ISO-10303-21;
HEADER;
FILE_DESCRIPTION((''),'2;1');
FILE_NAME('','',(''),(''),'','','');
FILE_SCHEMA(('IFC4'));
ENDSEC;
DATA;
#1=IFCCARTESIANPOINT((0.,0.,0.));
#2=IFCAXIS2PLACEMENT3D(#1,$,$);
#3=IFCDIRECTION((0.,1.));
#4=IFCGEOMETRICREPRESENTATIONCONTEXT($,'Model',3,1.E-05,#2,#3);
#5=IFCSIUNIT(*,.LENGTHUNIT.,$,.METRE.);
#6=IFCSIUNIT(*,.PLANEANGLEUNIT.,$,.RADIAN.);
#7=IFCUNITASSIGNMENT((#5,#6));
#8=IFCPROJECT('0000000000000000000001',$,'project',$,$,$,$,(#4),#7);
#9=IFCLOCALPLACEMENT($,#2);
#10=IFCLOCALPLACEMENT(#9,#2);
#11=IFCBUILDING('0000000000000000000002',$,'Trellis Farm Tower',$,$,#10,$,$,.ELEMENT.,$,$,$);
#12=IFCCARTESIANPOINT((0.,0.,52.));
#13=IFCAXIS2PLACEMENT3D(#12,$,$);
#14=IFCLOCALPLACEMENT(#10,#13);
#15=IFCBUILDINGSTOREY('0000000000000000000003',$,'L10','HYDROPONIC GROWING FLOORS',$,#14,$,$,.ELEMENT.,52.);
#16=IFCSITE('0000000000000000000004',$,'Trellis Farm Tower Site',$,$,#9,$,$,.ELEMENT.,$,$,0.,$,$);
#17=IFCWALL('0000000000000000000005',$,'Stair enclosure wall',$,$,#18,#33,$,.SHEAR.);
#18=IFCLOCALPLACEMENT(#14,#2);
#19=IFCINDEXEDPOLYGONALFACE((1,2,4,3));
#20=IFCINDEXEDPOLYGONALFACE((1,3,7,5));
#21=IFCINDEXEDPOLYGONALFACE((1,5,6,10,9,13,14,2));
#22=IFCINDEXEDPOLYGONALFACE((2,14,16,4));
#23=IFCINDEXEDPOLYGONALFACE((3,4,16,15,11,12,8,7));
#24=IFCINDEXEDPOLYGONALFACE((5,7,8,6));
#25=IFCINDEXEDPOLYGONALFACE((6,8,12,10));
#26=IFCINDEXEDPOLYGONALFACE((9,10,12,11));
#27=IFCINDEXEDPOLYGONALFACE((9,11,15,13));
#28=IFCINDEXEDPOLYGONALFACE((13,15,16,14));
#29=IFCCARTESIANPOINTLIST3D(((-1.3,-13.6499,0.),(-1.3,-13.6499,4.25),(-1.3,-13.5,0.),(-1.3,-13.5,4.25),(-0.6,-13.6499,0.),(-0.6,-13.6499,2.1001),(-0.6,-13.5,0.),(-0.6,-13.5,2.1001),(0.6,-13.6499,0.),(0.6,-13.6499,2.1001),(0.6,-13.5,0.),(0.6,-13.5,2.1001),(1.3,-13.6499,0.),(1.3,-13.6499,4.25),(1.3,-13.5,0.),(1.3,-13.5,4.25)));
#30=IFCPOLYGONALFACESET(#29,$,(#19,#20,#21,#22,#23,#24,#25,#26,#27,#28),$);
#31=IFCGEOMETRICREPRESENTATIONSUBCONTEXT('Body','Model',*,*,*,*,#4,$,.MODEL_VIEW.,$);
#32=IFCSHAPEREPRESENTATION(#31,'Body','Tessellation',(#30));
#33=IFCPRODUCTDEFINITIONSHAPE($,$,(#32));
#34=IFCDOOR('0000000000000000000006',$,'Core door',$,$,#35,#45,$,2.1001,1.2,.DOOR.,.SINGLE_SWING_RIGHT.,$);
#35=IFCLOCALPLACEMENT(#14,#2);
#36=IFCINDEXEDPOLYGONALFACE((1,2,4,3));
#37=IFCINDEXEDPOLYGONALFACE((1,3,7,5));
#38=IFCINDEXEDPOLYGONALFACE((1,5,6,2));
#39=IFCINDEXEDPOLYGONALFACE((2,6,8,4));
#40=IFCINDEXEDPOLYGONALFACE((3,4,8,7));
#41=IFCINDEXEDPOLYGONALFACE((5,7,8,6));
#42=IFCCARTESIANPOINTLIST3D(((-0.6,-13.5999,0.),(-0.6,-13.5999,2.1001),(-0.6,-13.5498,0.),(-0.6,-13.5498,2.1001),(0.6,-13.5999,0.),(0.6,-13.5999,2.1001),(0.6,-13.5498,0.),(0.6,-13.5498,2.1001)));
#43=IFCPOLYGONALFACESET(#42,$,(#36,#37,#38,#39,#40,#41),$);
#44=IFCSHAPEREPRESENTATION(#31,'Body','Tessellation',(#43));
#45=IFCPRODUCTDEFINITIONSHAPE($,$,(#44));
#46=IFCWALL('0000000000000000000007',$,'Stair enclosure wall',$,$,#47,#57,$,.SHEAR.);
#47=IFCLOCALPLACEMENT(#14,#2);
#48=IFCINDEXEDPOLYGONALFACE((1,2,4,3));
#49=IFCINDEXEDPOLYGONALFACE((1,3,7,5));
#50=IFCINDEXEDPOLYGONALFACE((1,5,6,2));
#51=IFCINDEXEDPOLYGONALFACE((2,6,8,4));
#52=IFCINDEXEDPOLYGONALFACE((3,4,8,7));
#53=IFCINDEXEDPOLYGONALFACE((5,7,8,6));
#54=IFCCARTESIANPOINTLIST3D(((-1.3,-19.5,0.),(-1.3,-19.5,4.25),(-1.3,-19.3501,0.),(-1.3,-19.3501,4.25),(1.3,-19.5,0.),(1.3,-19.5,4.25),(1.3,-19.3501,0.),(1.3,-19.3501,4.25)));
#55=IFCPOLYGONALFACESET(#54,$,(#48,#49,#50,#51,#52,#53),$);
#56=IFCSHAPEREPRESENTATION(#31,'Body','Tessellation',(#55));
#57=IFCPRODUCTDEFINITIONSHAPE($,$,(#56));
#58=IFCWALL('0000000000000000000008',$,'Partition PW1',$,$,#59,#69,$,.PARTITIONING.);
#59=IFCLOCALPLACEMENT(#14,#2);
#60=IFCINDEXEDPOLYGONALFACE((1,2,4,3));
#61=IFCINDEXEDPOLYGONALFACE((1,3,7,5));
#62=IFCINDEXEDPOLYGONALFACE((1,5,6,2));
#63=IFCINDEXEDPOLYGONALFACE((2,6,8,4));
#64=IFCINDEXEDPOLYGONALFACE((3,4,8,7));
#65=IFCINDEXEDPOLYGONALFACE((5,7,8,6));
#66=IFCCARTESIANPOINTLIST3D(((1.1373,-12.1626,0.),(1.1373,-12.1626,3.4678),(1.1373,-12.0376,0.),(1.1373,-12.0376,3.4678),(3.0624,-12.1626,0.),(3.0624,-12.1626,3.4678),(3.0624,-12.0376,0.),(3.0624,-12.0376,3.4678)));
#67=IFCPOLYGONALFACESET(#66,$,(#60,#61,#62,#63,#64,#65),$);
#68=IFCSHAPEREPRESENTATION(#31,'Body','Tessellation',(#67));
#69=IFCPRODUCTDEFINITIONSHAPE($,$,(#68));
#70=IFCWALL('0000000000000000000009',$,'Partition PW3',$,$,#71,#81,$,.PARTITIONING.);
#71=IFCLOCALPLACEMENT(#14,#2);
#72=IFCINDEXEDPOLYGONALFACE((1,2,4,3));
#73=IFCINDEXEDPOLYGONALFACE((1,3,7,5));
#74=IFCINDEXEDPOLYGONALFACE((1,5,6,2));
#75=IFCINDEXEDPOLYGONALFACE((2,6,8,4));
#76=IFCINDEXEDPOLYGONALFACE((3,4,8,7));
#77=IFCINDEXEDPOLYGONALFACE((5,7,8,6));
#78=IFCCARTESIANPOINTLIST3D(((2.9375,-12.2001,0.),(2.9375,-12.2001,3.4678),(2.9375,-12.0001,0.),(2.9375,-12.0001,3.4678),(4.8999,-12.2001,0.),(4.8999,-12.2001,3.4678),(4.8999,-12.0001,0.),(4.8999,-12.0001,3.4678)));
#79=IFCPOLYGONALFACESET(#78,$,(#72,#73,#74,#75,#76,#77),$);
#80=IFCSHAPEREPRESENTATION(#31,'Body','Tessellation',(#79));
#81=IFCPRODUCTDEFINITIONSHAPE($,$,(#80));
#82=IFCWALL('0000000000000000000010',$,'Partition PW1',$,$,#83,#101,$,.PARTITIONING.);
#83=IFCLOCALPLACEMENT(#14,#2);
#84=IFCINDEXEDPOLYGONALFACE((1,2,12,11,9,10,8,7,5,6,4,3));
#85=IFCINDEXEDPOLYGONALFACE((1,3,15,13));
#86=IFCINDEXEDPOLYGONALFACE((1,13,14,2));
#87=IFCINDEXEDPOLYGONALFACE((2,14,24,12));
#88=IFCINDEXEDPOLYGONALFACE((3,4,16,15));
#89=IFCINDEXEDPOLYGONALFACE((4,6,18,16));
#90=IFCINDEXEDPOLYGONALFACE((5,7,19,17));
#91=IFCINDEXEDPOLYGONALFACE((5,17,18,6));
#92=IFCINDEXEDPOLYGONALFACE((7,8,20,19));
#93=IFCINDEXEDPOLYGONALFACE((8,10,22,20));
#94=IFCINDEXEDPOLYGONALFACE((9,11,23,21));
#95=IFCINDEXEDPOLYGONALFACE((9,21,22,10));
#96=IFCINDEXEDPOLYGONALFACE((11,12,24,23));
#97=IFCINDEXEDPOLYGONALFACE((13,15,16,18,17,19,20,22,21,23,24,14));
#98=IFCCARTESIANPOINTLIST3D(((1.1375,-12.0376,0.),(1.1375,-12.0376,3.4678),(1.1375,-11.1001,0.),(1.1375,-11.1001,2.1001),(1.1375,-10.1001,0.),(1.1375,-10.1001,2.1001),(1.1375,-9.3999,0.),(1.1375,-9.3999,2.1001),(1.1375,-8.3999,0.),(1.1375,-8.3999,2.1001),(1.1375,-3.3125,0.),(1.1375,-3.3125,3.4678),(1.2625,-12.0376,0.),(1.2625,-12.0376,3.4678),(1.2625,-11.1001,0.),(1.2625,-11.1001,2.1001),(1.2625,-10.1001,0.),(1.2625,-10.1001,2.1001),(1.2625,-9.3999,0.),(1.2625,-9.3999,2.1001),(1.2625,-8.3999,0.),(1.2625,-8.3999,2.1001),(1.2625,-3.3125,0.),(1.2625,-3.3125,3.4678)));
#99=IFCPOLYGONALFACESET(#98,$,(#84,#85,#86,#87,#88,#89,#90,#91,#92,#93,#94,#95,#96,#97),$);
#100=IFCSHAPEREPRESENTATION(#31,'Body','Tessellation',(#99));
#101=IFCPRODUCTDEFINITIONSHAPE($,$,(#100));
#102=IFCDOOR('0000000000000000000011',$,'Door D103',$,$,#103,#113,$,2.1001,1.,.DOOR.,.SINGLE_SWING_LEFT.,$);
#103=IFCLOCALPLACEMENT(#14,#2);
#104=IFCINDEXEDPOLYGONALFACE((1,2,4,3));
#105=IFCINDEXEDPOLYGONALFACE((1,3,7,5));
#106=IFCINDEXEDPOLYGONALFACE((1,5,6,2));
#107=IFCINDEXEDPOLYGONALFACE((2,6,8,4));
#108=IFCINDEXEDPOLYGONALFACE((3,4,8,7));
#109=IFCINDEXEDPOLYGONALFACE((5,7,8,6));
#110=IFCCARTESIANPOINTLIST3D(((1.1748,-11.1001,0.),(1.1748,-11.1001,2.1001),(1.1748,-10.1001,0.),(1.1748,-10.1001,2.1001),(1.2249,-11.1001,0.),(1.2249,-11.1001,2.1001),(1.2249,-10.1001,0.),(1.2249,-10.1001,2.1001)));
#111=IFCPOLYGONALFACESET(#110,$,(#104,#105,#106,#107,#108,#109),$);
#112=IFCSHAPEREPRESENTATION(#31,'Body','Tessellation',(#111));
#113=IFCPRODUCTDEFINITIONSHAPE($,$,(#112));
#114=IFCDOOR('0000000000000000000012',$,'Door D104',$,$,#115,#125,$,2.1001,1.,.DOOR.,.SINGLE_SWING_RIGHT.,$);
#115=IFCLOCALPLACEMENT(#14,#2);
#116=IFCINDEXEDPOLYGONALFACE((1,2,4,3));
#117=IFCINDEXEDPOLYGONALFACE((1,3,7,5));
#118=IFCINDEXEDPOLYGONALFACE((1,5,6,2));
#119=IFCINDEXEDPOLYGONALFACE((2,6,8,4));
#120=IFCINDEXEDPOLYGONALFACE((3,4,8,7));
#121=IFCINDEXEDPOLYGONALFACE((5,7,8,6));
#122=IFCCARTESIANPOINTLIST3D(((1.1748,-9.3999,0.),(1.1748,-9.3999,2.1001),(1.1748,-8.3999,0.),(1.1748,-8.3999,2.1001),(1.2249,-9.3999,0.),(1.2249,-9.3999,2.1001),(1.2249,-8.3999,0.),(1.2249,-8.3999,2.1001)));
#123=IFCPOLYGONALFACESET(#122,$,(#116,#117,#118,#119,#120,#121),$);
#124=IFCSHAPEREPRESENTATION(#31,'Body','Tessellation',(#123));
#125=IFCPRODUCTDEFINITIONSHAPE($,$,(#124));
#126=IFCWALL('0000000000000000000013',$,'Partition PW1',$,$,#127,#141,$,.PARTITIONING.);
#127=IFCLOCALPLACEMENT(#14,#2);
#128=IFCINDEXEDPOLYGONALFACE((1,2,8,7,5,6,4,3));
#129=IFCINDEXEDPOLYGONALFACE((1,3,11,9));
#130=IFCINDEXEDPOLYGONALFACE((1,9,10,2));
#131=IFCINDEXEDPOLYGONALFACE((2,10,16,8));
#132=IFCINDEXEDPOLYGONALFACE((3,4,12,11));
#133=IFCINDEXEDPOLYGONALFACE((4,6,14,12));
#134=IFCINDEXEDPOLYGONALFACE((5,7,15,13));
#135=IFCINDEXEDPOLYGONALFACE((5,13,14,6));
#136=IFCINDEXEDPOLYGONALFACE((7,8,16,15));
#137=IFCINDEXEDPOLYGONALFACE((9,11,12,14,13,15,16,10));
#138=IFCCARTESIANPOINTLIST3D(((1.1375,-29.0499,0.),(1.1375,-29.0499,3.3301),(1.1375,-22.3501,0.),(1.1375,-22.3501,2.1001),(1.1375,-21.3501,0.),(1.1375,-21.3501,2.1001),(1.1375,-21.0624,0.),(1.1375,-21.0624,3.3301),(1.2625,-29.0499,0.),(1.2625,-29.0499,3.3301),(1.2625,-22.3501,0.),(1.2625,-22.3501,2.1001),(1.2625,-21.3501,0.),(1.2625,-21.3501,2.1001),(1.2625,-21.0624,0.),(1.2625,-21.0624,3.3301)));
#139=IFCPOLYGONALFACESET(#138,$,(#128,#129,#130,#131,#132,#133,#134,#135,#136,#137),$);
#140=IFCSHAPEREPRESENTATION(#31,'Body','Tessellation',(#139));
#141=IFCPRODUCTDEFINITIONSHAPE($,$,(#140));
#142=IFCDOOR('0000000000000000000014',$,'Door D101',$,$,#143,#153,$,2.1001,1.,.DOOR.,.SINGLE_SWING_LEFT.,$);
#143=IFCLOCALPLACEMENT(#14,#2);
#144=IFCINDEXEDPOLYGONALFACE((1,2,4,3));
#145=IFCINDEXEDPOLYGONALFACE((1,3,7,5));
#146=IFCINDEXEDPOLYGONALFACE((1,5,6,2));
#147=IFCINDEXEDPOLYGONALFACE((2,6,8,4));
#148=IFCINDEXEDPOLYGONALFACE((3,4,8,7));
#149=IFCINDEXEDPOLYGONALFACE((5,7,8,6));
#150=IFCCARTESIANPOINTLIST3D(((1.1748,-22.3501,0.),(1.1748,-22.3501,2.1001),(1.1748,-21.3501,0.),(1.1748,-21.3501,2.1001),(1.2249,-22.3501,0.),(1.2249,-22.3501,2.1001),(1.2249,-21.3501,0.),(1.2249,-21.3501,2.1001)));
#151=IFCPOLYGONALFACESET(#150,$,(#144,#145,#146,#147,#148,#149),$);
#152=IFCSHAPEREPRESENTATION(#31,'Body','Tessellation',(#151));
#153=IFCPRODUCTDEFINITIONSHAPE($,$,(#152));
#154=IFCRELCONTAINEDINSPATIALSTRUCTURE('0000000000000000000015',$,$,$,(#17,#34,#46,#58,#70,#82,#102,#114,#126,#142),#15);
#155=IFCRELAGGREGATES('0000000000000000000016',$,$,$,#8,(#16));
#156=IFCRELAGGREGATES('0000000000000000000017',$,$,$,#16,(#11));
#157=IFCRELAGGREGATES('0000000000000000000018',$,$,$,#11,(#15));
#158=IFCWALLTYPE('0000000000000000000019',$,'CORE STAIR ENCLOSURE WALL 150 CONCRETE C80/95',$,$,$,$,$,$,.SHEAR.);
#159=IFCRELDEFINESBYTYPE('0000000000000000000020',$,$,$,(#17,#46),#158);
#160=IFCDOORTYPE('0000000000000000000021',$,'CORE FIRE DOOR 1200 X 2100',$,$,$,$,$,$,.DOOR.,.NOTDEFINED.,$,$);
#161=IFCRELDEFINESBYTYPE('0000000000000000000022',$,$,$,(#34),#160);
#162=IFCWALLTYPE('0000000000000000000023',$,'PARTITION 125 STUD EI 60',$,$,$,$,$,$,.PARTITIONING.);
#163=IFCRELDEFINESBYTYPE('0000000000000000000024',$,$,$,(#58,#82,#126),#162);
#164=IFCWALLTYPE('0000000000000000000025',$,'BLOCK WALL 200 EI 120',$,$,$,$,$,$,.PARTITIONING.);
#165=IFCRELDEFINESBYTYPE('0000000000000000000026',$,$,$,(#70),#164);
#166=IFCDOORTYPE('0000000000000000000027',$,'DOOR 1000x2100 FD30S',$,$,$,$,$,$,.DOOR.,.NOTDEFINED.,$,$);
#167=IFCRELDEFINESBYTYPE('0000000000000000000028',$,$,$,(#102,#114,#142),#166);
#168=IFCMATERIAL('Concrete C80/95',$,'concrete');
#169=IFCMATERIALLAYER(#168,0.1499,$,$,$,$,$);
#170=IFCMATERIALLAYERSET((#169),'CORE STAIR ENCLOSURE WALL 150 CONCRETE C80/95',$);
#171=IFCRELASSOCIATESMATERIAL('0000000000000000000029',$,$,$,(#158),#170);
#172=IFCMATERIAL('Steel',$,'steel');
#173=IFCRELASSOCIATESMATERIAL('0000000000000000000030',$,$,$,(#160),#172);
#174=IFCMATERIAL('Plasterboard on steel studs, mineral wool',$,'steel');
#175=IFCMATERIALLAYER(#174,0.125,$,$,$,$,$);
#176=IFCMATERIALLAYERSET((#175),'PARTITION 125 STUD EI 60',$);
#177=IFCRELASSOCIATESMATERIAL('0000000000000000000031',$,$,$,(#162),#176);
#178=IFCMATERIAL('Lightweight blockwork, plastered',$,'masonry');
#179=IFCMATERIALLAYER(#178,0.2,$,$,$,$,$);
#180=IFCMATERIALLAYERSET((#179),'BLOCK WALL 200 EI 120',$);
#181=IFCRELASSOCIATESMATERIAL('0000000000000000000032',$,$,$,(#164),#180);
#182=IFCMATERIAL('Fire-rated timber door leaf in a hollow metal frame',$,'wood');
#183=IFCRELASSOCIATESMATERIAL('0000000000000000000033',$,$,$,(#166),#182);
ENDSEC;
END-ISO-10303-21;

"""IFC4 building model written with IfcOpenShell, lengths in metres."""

from ifc_helpers import new_model, si_unit, direction, frame, frame_2d, origin, place, context, subcontext, project, spatial, rectangle, extrude, source, transform, mapped, material, layer, layer_set, type_object, element, fill, save


model = new_model("IFC4")

# Units and contexts
model_context = context("Model", 3, precision=1e-05, world=origin(), true_north=direction((0.0, 1.0)))
body_context = subcontext(model_context, "Body", "Model", "MODEL_VIEW")
ifc_project = project(units=[si_unit("LENGTHUNIT", "METRE"), si_unit("PLANEANGLEUNIT", "RADIAN")], contexts=[model_context])

# Site, building, storey
site_placement = place(None, origin())
site = spatial("IfcSite", under=ifc_project, at=site_placement, Name="Trellis Farm Tower Site", CompositionType="ELEMENT", RefElevation=0.0)
building_placement = place(site_placement, origin())
building = spatial("IfcBuilding", under=site, at=building_placement, Name="Trellis Farm Tower", CompositionType="ELEMENT")
storey_placement = place(building_placement, frame((0.0, 0.0, 52.0)))
storey = spatial("IfcBuildingStorey", under=building, at=storey_placement, Name="L10", Description="HYDROPONIC GROWING FLOORS", CompositionType="ELEMENT", Elevation=52.0)

# Shared definitions
ifc_material_1 = material(Name="Concrete C80/95", Category="concrete")

# Wall, opening, door
ifc_layer_1 = layer(ifc_material_1, 0.1499)
ifc_layer_set_1 = layer_set([ifc_layer_1], Name="CORE STAIR ENCLOSURE WALL 150 CONCRETE C80/95")
wall_type_1 = type_object("IfcWallType", Name="CORE STAIR ENCLOSURE WALL 150 CONCRETE C80/95", PredefinedType="SHEAR", material=ifc_layer_set_1)
shared_shape_1 = source(origin(), body_context, "Body", "SweptSolid", [
    extrude(rectangle(XDim=2.6001, YDim=0.1499, at=frame_2d((1.3, 0.0))), origin(), (0.0, 0.0, 1.0), 4.25),
])
wall_1_placement = place(storey_placement, frame((1.3, -13.575, 0.0), z_axis=(0.0, 0.0, 1.0), x_axis=(-1.0, 0.0, 0.0)))
wall_1 = element("IfcWall", 1, at=wall_1_placement, inside=storey, type_object=wall_type_1, Name="Stair enclosure wall", PredefinedType="SHEAR", context=body_context, shape_type="MappedRepresentation", body=[
    mapped(shared_shape_1, transform((0.0, 0.0, 0.0))),
])
shared_shape_2 = source(origin(), body_context, "Body", "SweptSolid", [
    extrude(rectangle(XDim=1.2, YDim=2.1001, at=frame_2d((0.6001, 1.05))), frame((0.0, 0.085, 0.0), z_axis=(0.0, -1.0, 0.0), x_axis=(1.0, 0.0, 0.0)), (0.0, 0.0, 1.0), 0.1699),
])
opening_1_placement = place(wall_1_placement, frame((0.7, 0.0, 0.0)))
opening_1 = element("IfcOpeningElement", 2, at=opening_1_placement, cuts=wall_1, PredefinedType="OPENING", context=body_context, shape_type="MappedRepresentation", body=[
    mapped(shared_shape_2, transform((0.0, 0.0, 0.0))),
])
ifc_material_2 = material(Name="Steel", Category="steel")
door_type_1 = type_object("IfcDoorType", Name="CORE FIRE DOOR 1200 X 2100", OperationType="NOTDEFINED", PredefinedType="DOOR", material=ifc_material_2)
shared_shape_3 = source(origin(), body_context, "Body", "SweptSolid", [
    extrude(rectangle(XDim=1.2, YDim=2.1001, at=frame_2d((0.6001, 1.05))), frame((0.0, 0.0249, 0.0), z_axis=(0.0, -1.0, 0.0), x_axis=(1.0, 0.0, 0.0)), (0.0, 0.0, 1.0), 0.05),
])
door_1_placement = place(opening_1_placement, origin())
door_1 = element("IfcDoor", 3, at=door_1_placement, inside=storey, type_object=door_type_1, Name="Core door", OperationType="SINGLE_SWING_RIGHT", OverallHeight=2.1001, OverallWidth=1.2, PredefinedType="DOOR", context=body_context, shape_type="MappedRepresentation", body=[
    mapped(shared_shape_3, transform((0.0, 0.0, 0.0))),
])
fill(opening_1, door_1)

# Walls
wall_2_placement = place(storey_placement, frame((1.3, -19.425, 0.0), z_axis=(0.0, 0.0, 1.0), x_axis=(-1.0, 0.0, 0.0)))
element("IfcWall", 4, at=wall_2_placement, inside=storey, type_object=wall_type_1, Name="Stair enclosure wall", PredefinedType="SHEAR", context=body_context, shape_type="MappedRepresentation", body=[
    mapped(shared_shape_1, transform((0.0, 0.0, 0.0))),
])
ifc_material_3 = material(Name="Plasterboard on steel studs, mineral wool", Category="steel")
ifc_layer_2 = layer(ifc_material_3, 0.125)
ifc_layer_set_2 = layer_set([ifc_layer_2], Name="PARTITION 125 STUD EI 60")
wall_type_2 = type_object("IfcWallType", Name="PARTITION 125 STUD EI 60", PredefinedType="PARTITIONING", material=ifc_layer_set_2)
shared_shape_4 = source(origin(), body_context, "Body", "SweptSolid", [
    extrude(rectangle(XDim=1.925, YDim=0.125, at=frame_2d((0.9624, 0.0))), origin(), (0.0, 0.0, 1.0), 3.4678),
])
wall_3_placement = place(storey_placement, frame((1.1375, -12.1001, 0.0), z_axis=(0.0, 0.0, 1.0), x_axis=(1.0, 0.0, 0.0)))
element("IfcWall", 5, at=wall_3_placement, inside=storey, type_object=wall_type_2, Name="Partition PW1", PredefinedType="PARTITIONING", context=body_context, shape_type="MappedRepresentation", body=[
    mapped(shared_shape_4, transform((0.0, 0.0, 0.0))),
])
ifc_material_4 = material(Name="Lightweight blockwork, plastered", Category="masonry")
ifc_layer_3 = layer(ifc_material_4, 0.2)
ifc_layer_set_3 = layer_set([ifc_layer_3], Name="BLOCK WALL 200 EI 120")
wall_type_3 = type_object("IfcWallType", Name="BLOCK WALL 200 EI 120", PredefinedType="PARTITIONING", material=ifc_layer_set_3)
shared_shape_5 = source(origin(), body_context, "Body", "SweptSolid", [
    extrude(rectangle(XDim=1.9624, YDim=0.2, at=frame_2d((0.9812, 0.0))), origin(), (0.0, 0.0, 1.0), 3.4678),
])
wall_4_placement = place(storey_placement, frame((2.9375, -12.1001, 0.0), z_axis=(0.0, 0.0, 1.0), x_axis=(1.0, 0.0, 0.0)))
element("IfcWall", 6, at=wall_4_placement, inside=storey, type_object=wall_type_3, Name="Partition PW3", PredefinedType="PARTITIONING", context=body_context, shape_type="MappedRepresentation", body=[
    mapped(shared_shape_5, transform((0.0, 0.0, 0.0))),
])

# Wall, openings, doors
shared_shape_6 = source(origin(), body_context, "Body", "SweptSolid", [
    extrude(rectangle(XDim=8.7251, YDim=0.125, at=frame_2d((4.3625, 0.0))), origin(), (0.0, 0.0, 1.0), 3.4678),
])
wall_5_placement = place(storey_placement, frame((1.2, -3.3125, 0.0), z_axis=(0.0, 0.0, 1.0), x_axis=(0.0, -1.0, 0.0)))
wall_5 = element("IfcWall", 7, at=wall_5_placement, inside=storey, type_object=wall_type_2, Name="Partition PW1", PredefinedType="PARTITIONING", context=body_context, shape_type="MappedRepresentation", body=[
    mapped(shared_shape_6, transform((0.0, 0.0, 0.0))),
])
shared_shape_7 = source(origin(), body_context, "Body", "SweptSolid", [
    extrude(rectangle(XDim=1.0, YDim=2.1001, at=frame_2d((0.5, 1.05))), frame((0.0, 0.0725, 0.0), z_axis=(0.0, -1.0, 0.0), x_axis=(1.0, 0.0, 0.0)), (0.0, 0.0, 1.0), 0.145),
])
opening_2_placement = place(wall_5_placement, frame((6.7876, 0.0, 0.0)))
opening_2 = element("IfcOpeningElement", 8, at=opening_2_placement, cuts=wall_5, PredefinedType="OPENING", context=body_context, shape_type="MappedRepresentation", body=[
    mapped(shared_shape_7, transform((0.0, 0.0, 0.0))),
])
opening_3_placement = place(wall_5_placement, frame((5.0874, 0.0, 0.0)))
opening_3 = element("IfcOpeningElement", 9, at=opening_3_placement, cuts=wall_5, PredefinedType="OPENING", context=body_context, shape_type="MappedRepresentation", body=[
    mapped(shared_shape_7, transform((0.0, 0.0, 0.0))),
])
ifc_material_5 = material(Name="Fire-rated timber door leaf in a hollow metal frame", Category="wood")
door_type_2 = type_object("IfcDoorType", Name="DOOR 1000x2100 FD30S", OperationType="NOTDEFINED", PredefinedType="DOOR", material=ifc_material_5)
shared_shape_8 = source(origin(), body_context, "Body", "SweptSolid", [
    extrude(rectangle(XDim=1.0, YDim=2.1001, at=frame_2d((0.5, 1.05))), frame((0.0, 0.0249, 0.0), z_axis=(0.0, -1.0, 0.0), x_axis=(1.0, 0.0, 0.0)), (0.0, 0.0, 1.0), 0.05),
])
door_2_placement = place(opening_2_placement, origin())
door_2 = element("IfcDoor", 10, at=door_2_placement, inside=storey, type_object=door_type_2, Name="Door D103", OperationType="SINGLE_SWING_LEFT", OverallHeight=2.1001, OverallWidth=1.0, PredefinedType="DOOR", context=body_context, shape_type="MappedRepresentation", body=[
    mapped(shared_shape_8, transform((0.0, 0.0, 0.0))),
])
fill(opening_2, door_2)
door_3_placement = place(opening_3_placement, origin())
door_3 = element("IfcDoor", 11, at=door_3_placement, inside=storey, type_object=door_type_2, Name="Door D104", OperationType="SINGLE_SWING_RIGHT", OverallHeight=2.1001, OverallWidth=1.0, PredefinedType="DOOR", context=body_context, shape_type="MappedRepresentation", body=[
    mapped(shared_shape_8, transform((0.0, 0.0, 0.0))),
])
fill(opening_3, door_3)

# Wall, opening, door
shared_shape_9 = source(origin(), body_context, "Body", "SweptSolid", [
    extrude(rectangle(XDim=7.9875, YDim=0.125, at=frame_2d((3.9937, 0.0))), origin(), (0.0, 0.0, 1.0), 3.3301),
])
wall_6_placement = place(storey_placement, frame((1.2, -21.0625, 0.0), z_axis=(0.0, 0.0, 1.0), x_axis=(0.0, -1.0, 0.0)))
wall_6 = element("IfcWall", 12, at=wall_6_placement, inside=storey, type_object=wall_type_2, Name="Partition PW1", PredefinedType="PARTITIONING", context=body_context, shape_type="MappedRepresentation", body=[
    mapped(shared_shape_9, transform((0.0, 0.0, 0.0))),
])
opening_4_placement = place(wall_6_placement, frame((0.2876, 0.0, 0.0)))
opening_4 = element("IfcOpeningElement", 13, at=opening_4_placement, cuts=wall_6, PredefinedType="OPENING", context=body_context, shape_type="MappedRepresentation", body=[
    mapped(shared_shape_7, transform((0.0, 0.0, 0.0))),
])
door_4_placement = place(opening_4_placement, origin())
door_4 = element("IfcDoor", 14, at=door_4_placement, inside=storey, type_object=door_type_2, Name="Door D101", OperationType="SINGLE_SWING_LEFT", OverallHeight=2.1001, OverallWidth=1.0, PredefinedType="DOOR", context=body_context, shape_type="MappedRepresentation", body=[
    mapped(shared_shape_8, transform((0.0, 0.0, 0.0))),
])
fill(opening_4, door_4)

save(model, "model.ifc")
